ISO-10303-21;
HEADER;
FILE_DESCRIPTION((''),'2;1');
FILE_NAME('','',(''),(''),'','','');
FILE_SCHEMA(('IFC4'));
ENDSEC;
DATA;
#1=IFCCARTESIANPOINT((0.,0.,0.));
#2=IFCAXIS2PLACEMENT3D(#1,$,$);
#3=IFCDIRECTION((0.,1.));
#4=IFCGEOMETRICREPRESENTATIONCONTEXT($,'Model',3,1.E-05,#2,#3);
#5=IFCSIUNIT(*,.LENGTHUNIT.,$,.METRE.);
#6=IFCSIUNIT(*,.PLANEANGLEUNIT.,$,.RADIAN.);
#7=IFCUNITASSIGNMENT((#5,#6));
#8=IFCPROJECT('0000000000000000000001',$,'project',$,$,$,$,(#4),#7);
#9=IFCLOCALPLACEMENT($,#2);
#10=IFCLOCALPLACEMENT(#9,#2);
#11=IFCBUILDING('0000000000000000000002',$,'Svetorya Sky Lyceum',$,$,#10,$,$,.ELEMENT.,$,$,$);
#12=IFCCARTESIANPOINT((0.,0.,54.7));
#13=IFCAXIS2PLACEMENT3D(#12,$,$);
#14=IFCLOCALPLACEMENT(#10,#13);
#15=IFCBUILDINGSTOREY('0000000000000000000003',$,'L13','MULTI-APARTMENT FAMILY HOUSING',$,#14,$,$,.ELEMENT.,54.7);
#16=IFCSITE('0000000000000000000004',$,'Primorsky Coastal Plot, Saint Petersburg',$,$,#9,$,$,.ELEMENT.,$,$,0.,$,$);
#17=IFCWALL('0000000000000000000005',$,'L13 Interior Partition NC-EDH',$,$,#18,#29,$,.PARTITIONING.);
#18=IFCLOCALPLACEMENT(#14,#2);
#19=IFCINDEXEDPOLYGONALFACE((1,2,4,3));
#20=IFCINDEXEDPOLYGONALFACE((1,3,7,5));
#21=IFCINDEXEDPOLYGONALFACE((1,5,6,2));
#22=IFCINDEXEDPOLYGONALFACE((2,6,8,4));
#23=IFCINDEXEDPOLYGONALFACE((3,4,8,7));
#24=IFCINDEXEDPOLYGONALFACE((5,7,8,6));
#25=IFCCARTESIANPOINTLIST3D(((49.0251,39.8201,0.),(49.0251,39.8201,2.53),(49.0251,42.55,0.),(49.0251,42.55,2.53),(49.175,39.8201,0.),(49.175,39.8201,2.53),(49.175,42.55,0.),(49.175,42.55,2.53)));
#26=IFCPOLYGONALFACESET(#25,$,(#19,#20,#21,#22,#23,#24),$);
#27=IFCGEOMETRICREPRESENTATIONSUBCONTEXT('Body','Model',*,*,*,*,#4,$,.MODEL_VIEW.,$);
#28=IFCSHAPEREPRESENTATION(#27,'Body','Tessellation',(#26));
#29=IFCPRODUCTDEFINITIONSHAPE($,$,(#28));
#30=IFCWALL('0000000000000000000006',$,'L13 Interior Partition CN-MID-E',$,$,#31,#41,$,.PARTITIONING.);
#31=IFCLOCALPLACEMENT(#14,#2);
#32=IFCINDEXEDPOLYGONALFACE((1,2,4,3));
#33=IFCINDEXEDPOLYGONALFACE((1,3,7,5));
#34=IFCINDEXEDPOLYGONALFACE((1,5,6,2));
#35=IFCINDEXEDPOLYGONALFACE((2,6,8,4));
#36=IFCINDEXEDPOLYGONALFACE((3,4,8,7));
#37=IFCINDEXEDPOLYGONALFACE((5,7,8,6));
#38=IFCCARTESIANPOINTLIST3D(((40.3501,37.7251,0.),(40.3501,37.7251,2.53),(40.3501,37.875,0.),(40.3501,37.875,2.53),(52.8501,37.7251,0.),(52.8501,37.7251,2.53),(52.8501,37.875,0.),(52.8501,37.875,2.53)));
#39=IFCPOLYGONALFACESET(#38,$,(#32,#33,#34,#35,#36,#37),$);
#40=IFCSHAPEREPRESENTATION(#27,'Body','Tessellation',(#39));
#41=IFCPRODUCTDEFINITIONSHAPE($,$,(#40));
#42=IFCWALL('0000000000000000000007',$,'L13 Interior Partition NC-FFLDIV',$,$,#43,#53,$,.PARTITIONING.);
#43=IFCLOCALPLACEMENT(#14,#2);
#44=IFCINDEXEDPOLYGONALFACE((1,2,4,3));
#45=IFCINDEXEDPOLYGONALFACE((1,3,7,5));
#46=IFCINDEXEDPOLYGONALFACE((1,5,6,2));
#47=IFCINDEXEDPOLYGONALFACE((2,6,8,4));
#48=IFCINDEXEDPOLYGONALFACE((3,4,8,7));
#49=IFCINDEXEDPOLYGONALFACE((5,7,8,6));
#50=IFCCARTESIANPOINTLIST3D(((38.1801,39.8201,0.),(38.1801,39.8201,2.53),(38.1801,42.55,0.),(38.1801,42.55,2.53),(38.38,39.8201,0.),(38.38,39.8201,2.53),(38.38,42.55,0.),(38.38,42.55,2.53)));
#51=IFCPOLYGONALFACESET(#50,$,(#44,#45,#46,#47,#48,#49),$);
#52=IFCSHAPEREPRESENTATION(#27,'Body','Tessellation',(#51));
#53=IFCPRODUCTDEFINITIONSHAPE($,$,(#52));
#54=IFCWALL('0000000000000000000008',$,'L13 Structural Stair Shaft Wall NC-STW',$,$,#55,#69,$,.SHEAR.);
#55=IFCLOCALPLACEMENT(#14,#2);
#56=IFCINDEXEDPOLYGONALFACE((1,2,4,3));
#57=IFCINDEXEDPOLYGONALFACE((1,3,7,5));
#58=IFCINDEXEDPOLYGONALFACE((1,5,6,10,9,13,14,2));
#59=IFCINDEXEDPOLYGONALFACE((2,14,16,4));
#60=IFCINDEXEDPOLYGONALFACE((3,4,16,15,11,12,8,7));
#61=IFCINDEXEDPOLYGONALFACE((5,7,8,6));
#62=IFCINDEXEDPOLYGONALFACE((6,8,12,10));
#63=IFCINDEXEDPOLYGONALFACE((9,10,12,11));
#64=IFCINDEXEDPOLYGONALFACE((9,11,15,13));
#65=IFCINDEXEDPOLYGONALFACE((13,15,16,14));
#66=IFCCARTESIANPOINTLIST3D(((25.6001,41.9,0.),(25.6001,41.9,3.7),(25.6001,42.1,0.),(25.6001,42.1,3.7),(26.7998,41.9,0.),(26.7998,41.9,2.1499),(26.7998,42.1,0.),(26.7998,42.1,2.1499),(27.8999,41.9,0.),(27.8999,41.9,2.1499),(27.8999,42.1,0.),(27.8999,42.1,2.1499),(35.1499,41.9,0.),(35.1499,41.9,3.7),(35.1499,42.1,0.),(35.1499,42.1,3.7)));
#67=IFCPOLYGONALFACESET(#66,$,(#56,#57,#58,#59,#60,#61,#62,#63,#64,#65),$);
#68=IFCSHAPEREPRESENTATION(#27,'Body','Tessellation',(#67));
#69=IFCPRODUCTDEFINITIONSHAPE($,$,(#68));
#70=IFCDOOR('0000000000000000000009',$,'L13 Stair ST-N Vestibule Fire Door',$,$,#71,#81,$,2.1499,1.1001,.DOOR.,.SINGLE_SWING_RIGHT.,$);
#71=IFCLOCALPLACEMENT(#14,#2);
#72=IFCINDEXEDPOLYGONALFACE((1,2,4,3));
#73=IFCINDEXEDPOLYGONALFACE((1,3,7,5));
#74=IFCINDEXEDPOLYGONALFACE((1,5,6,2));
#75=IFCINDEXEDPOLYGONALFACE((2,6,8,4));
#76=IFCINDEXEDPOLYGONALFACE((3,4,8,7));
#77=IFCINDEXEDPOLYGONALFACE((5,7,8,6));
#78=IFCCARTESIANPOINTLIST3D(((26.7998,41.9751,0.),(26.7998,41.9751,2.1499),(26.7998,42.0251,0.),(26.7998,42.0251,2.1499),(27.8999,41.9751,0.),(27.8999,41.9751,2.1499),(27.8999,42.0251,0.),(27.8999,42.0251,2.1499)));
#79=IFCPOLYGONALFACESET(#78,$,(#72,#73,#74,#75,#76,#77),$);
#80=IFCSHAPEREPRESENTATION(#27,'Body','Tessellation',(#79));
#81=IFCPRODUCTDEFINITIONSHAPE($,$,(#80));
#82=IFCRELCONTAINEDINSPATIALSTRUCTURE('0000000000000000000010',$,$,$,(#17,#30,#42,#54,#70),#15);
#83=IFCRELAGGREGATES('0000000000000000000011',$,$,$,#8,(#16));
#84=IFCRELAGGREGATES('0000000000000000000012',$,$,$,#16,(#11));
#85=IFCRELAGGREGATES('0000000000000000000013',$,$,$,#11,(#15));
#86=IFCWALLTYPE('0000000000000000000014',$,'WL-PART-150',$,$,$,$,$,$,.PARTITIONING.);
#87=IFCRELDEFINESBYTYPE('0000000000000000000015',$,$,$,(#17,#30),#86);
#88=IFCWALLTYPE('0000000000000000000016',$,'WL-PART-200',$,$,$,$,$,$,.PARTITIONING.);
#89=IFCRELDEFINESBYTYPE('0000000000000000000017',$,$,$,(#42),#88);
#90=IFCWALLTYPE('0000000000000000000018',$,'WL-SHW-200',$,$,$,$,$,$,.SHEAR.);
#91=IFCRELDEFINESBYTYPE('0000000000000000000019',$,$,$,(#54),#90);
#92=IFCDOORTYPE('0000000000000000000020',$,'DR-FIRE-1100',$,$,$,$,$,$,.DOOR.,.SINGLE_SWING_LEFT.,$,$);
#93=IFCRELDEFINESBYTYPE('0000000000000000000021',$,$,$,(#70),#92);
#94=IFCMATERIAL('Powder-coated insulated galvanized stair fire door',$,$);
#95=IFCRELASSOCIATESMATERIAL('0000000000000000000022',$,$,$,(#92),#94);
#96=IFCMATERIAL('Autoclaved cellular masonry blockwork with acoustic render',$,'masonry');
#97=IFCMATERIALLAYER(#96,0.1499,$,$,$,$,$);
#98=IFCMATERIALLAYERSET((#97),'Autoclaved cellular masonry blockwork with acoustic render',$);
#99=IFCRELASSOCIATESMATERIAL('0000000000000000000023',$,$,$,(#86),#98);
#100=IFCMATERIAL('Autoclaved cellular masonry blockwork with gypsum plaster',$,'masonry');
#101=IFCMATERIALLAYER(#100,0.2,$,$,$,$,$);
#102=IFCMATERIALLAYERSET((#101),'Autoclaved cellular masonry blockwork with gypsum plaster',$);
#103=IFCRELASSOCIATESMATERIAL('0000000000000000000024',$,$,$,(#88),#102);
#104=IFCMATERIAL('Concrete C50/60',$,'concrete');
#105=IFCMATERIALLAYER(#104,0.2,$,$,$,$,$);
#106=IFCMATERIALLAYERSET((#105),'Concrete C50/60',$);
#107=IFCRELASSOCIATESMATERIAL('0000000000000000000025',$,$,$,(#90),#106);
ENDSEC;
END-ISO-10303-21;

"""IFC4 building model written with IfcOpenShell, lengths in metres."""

from ifc_helpers import new_model, si_unit, direction, frame, frame_2d, origin, place, context, subcontext, project, spatial, rectangle, extrude, material, layer, layer_set, type_object, element, fill, save


model = new_model("IFC4")

# Units and contexts
model_context = context("Model", 3, precision=1e-05, world=origin(), true_north=direction((0.0, 1.0)))
body_context = subcontext(model_context, "Body", "Model", "MODEL_VIEW")
ifc_project = project(units=[si_unit("LENGTHUNIT", "METRE"), si_unit("PLANEANGLEUNIT", "RADIAN")], contexts=[model_context])

# Site, building, storey
site_placement = place(None, origin())
site = spatial("IfcSite", under=ifc_project, at=site_placement, Name="Primorsky Coastal Plot, Saint Petersburg", CompositionType="ELEMENT", RefElevation=0.0)
building_placement = place(site_placement, origin())
building = spatial("IfcBuilding", under=site, at=building_placement, Name="Svetorya Sky Lyceum", CompositionType="ELEMENT")
storey_placement = place(building_placement, frame((0.0, 0.0, 54.7)))
storey = spatial("IfcBuildingStorey", under=building, at=storey_placement, Name="L13", Description="MULTI-APARTMENT FAMILY HOUSING", CompositionType="ELEMENT", Elevation=54.7)

# Shared definitions
ifc_material_1 = material(Name="Concrete C50/60", Category="concrete")

# Shared definitions
ifc_material_2 = material(Name="Powder-coated insulated galvanized stair fire door")
door_type_1 = type_object("IfcDoorType", Name="DR-FIRE-1100", OperationType="SINGLE_SWING_LEFT", PredefinedType="DOOR", material=ifc_material_2)

# Walls
ifc_material_3 = material(Name="Autoclaved cellular masonry blockwork with acoustic render", Category="masonry")
ifc_layer_1 = layer(ifc_material_3, 0.1499)
ifc_layer_set_1 = layer_set([ifc_layer_1], Name="Autoclaved cellular masonry blockwork with acoustic render")
wall_type_1 = type_object("IfcWallType", Name="WL-PART-150", PredefinedType="PARTITIONING", material=ifc_layer_set_1)
wall_1_placement = place(storey_placement, frame((49.1001, 39.8201, 0.0), z_axis=(0.0, 0.0, 1.0), x_axis=(0.0, 1.0, 0.0)))
element("IfcWall", 1, at=wall_1_placement, inside=storey, type_object=wall_type_1, Name="L13 Interior Partition NC-EDH", PredefinedType="PARTITIONING", context=body_context, shape_type="SweptSolid", body=[
    extrude(rectangle(XDim=2.73, YDim=0.1499, at=frame_2d((1.365, 0.0))), origin(), (0.0, 0.0, 1.0), 2.53),
])
wall_2_placement = place(storey_placement, frame((40.3501, 37.8, 0.0), z_axis=(0.0, 0.0, 1.0), x_axis=(1.0, 0.0, 0.0)))
element("IfcWall", 2, at=wall_2_placement, inside=storey, type_object=wall_type_1, Name="L13 Interior Partition CN-MID-E", PredefinedType="PARTITIONING", context=body_context, shape_type="SweptSolid", body=[
    extrude(rectangle(XDim=12.5, YDim=0.1499, at=frame_2d((6.25, 0.0))), origin(), (0.0, 0.0, 1.0), 2.53),
])

# Shared definitions
ifc_material_4 = material(Name="Autoclaved cellular masonry blockwork with gypsum plaster", Category="masonry")
ifc_layer_2 = layer(ifc_material_4, 0.2)
ifc_layer_set_2 = layer_set([ifc_layer_2], Name="Autoclaved cellular masonry blockwork with gypsum plaster")
wall_type_2 = type_object("IfcWallType", Name="WL-PART-200", PredefinedType="PARTITIONING", material=ifc_layer_set_2)

# Wall
wall_3_placement = place(storey_placement, frame((38.28, 39.8201, 0.0), z_axis=(0.0, 0.0, 1.0), x_axis=(0.0, 1.0, 0.0)))
element("IfcWall", 3, at=wall_3_placement, inside=storey, type_object=wall_type_2, Name="L13 Interior Partition NC-FFLDIV", PredefinedType="PARTITIONING", context=body_context, shape_type="SweptSolid", body=[
    extrude(rectangle(XDim=2.73, YDim=0.2, at=frame_2d((1.365, 0.0))), origin(), (0.0, 0.0, 1.0), 2.53),
])

# Wall, opening, door
ifc_layer_3 = layer(ifc_material_1, 0.2)
ifc_layer_set_3 = layer_set([ifc_layer_3], Name="Concrete C50/60")
wall_type_3 = type_object("IfcWallType", Name="WL-SHW-200", PredefinedType="SHEAR", material=ifc_layer_set_3)
wall_4_placement = place(storey_placement, frame((35.1499, 42.0, 0.0), z_axis=(0.0, 0.0, 1.0), x_axis=(-1.0, 0.0, 0.0)))
wall_4 = element("IfcWall", 4, at=wall_4_placement, inside=storey, type_object=wall_type_3, Name="L13 Structural Stair Shaft Wall NC-STW", PredefinedType="SHEAR", context=body_context, shape_type="SweptSolid", body=[
    extrude(rectangle(XDim=9.5498, YDim=0.2, at=frame_2d((4.7749, 0.0))), origin(), (0.0, 0.0, 1.0), 3.7),
])
opening_1_placement = place(wall_4_placement, frame((7.25, 0.0, 0.0)))
opening_1 = element("IfcOpeningElement", 5, at=opening_1_placement, cuts=wall_4, PredefinedType="OPENING", context=body_context, shape_type="SweptSolid", body=[
    extrude(rectangle(XDim=1.1001, YDim=2.1499, at=frame_2d((0.55, 1.075))), frame((0.0, 0.1099, 0.0), z_axis=(0.0, -1.0, 0.0), x_axis=(1.0, 0.0, 0.0)), (0.0, 0.0, 1.0), 0.22),
])
door_1_placement = place(opening_1_placement, origin())
door_1 = element("IfcDoor", 6, at=door_1_placement, inside=storey, type_object=door_type_1, Name="L13 Stair ST-N Vestibule Fire Door", OperationType="SINGLE_SWING_RIGHT", OverallHeight=2.1499, OverallWidth=1.1001, PredefinedType="DOOR", context=body_context, shape_type="SweptSolid", body=[
    extrude(rectangle(XDim=1.1001, YDim=2.1499, at=frame_2d((0.55, 1.075))), frame((0.0, 0.0249, 0.0), z_axis=(0.0, -1.0, 0.0), x_axis=(1.0, 0.0, 0.0)), (0.0, 0.0, 1.0), 0.05),
])
fill(opening_1, door_1)

save(model, "model.ifc")
